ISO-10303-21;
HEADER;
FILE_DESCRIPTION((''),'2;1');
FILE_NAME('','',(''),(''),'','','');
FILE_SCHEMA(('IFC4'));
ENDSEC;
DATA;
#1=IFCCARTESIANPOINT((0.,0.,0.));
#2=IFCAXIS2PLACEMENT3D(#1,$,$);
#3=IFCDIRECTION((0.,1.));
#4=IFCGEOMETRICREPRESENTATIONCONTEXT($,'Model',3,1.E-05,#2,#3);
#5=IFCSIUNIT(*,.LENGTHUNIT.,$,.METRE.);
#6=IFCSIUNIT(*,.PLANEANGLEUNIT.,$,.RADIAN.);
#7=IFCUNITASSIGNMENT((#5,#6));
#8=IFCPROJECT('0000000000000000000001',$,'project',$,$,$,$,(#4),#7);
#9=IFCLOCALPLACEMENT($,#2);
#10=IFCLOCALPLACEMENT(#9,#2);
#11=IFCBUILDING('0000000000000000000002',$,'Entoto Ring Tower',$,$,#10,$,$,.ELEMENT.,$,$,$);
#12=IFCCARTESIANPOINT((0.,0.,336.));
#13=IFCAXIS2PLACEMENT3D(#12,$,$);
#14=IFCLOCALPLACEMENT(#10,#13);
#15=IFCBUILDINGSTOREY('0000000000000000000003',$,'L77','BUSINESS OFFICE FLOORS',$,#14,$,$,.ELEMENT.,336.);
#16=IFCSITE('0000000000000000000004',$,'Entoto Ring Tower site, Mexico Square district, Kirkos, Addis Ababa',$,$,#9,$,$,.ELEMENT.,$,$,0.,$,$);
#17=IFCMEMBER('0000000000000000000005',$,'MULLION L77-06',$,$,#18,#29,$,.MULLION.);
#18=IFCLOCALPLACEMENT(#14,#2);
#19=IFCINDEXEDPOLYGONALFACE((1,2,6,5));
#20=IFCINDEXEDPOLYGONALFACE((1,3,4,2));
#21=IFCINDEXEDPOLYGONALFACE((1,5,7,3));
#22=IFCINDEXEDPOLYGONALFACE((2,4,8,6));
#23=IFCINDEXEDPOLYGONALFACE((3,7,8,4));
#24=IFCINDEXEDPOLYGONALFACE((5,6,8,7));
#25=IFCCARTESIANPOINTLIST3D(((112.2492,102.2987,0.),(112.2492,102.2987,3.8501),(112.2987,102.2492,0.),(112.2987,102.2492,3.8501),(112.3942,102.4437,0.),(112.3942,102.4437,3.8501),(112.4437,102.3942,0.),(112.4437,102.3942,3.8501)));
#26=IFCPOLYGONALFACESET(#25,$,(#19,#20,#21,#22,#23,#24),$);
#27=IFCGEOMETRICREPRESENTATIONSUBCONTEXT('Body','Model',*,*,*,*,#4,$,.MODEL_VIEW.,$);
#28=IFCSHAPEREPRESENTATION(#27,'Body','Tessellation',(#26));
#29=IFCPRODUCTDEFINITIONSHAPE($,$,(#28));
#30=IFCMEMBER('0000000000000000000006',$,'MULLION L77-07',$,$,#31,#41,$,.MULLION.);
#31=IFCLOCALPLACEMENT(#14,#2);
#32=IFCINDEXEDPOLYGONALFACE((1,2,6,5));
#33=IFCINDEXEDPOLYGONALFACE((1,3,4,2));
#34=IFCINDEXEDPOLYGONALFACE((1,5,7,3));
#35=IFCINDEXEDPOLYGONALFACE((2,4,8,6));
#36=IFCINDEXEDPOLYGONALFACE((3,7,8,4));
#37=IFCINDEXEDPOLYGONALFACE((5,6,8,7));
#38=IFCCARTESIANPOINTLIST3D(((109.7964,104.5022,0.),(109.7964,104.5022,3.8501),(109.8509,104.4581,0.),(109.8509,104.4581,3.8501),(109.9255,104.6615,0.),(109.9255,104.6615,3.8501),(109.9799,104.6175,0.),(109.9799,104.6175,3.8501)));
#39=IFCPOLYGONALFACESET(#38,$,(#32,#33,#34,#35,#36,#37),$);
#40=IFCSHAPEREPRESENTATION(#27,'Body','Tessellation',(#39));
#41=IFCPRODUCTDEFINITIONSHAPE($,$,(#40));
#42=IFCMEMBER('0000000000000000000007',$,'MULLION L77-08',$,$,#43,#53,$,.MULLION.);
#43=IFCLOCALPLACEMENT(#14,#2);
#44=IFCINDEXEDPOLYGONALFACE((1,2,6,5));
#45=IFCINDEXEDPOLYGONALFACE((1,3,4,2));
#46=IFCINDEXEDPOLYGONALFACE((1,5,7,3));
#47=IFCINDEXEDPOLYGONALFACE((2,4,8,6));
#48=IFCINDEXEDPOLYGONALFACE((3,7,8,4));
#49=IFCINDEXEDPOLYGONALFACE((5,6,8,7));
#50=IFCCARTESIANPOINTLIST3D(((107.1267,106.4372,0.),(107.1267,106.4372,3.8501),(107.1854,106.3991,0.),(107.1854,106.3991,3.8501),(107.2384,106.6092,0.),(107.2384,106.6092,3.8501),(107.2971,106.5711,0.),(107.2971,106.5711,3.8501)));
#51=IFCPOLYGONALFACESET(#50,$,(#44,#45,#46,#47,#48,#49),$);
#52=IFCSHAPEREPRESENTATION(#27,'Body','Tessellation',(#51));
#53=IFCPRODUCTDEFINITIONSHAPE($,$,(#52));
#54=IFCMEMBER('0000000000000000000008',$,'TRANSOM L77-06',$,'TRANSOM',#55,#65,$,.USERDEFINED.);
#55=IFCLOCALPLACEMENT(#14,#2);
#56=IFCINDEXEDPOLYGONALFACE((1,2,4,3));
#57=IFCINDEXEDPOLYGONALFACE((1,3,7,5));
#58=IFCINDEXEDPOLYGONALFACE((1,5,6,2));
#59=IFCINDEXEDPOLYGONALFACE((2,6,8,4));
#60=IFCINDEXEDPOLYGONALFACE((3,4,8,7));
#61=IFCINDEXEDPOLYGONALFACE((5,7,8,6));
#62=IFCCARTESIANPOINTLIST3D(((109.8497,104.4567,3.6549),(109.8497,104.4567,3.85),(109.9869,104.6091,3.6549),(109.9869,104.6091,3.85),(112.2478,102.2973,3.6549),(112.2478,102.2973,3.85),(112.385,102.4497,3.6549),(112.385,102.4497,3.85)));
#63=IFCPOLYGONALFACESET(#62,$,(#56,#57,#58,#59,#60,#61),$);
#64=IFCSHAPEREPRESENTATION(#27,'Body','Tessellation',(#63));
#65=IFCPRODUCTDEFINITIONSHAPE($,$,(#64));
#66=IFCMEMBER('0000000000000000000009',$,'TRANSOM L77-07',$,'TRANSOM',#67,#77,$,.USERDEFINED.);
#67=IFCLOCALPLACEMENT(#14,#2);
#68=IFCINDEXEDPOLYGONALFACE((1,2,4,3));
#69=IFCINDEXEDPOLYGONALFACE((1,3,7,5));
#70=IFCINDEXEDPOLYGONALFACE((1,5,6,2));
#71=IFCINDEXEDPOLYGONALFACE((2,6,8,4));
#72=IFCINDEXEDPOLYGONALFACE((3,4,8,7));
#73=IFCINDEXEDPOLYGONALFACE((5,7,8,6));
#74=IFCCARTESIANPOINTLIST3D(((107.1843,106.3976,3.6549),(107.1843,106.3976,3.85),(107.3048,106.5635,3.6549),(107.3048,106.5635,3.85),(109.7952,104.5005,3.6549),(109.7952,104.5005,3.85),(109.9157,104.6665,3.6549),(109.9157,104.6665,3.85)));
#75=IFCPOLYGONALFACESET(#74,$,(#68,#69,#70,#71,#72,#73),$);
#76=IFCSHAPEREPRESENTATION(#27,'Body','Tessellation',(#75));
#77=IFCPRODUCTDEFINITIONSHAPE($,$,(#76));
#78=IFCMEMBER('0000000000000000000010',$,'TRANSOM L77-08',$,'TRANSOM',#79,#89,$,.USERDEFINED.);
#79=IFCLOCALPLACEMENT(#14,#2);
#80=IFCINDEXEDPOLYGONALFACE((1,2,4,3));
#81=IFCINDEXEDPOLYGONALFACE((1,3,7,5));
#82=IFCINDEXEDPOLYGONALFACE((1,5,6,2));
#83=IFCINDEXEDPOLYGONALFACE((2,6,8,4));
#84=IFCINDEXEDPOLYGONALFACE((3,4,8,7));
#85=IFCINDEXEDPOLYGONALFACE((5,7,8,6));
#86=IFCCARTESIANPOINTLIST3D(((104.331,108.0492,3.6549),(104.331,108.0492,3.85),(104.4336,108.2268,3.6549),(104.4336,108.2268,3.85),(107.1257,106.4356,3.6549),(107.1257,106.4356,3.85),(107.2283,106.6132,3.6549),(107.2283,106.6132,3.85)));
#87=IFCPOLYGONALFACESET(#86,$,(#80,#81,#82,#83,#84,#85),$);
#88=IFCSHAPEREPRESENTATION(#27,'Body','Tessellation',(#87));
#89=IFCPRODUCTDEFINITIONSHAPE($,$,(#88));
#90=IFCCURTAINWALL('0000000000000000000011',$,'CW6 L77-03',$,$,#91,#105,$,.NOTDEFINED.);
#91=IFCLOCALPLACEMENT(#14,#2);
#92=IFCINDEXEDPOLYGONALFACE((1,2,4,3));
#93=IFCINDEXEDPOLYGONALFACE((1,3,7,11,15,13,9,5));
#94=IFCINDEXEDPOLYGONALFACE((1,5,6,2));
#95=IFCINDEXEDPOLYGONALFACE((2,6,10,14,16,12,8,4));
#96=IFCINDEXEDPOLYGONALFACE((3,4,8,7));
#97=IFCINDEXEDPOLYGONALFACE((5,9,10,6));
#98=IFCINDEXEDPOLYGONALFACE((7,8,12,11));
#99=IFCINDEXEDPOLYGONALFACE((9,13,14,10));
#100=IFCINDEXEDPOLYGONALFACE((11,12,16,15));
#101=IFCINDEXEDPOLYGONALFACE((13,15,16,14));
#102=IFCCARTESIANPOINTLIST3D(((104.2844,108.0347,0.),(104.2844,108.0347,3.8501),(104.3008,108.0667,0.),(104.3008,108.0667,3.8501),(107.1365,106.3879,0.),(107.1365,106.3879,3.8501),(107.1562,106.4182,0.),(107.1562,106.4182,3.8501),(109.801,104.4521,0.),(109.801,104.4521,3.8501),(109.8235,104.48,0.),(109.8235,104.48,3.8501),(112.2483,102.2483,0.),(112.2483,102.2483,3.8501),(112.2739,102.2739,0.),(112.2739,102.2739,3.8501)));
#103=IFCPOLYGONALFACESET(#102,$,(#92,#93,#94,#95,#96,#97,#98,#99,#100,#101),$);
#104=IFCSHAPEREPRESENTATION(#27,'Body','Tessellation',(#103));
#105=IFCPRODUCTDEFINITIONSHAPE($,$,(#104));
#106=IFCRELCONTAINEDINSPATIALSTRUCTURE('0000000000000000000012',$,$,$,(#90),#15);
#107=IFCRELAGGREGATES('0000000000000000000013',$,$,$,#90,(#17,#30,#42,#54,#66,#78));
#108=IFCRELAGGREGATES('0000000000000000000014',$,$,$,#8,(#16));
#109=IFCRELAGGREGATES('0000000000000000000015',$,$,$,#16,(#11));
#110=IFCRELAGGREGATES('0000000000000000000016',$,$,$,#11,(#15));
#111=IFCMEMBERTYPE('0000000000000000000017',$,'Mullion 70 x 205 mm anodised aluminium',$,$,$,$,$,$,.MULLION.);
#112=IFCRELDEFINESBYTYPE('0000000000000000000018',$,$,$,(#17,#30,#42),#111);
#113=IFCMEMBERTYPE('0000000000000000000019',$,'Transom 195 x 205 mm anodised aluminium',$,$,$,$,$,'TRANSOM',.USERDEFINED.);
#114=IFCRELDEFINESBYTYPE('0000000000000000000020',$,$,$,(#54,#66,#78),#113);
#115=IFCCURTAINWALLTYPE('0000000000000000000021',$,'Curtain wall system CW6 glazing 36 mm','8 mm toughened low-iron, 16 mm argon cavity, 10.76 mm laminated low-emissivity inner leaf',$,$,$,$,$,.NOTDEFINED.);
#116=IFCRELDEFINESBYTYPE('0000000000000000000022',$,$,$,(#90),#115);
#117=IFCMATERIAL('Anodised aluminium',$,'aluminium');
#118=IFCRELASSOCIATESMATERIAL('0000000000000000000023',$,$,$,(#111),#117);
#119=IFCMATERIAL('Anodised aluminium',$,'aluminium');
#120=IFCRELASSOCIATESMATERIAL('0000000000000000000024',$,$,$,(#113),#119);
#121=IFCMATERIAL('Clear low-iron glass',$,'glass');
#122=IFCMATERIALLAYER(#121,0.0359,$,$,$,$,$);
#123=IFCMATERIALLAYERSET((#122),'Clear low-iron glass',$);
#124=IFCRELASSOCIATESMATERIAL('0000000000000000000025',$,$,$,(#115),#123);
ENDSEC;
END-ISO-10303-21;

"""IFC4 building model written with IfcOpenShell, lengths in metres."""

from ifc_helpers import new_model, si_unit, direction, frame, origin, origin_2d, place, context, subcontext, project, spatial, polyline, rectangle, outline, extrude, material, layer, layer_set, material_profile, profile_set, type_object, element, aggregate, save


model = new_model("IFC4")

# Units and contexts
model_context = context("Model", 3, precision=1e-05, world=origin(), true_north=direction((0.0, 1.0)))
body_context = subcontext(model_context, "Body", "Model", "MODEL_VIEW")
ifc_project = project(units=[si_unit("LENGTHUNIT", "METRE"), si_unit("PLANEANGLEUNIT", "RADIAN")], contexts=[model_context])

# Members
ifc_material_1 = material(Name="Anodised aluminium", Category="aluminium")
ifc_material_profile_1 = material_profile(ifc_material_1, rectangle(XDim=0.0701, YDim=0.2051, at=origin_2d()), Name="Mullion 70 x 205 mm anodised aluminium")
ifc_profile_set_1 = profile_set([ifc_material_profile_1], Name="Anodised aluminium")
member_type_1 = type_object("IfcMemberType", Name="Mullion 70 x 205 mm anodised aluminium", PredefinedType="MULLION", material=ifc_profile_set_1)
site_placement = place(None, origin())
building_placement = place(site_placement, origin())
storey_placement = place(building_placement, frame((0.0, 0.0, 336.0)))
member_1_placement = place(storey_placement, frame((112.3464, 102.3464, 0.0), z_axis=(0.0, 0.0, 1.0), x_axis=(-0.707107, 0.707107, 0.0)))
member_1 = element("IfcMember", 1, at=member_1_placement, type_object=member_type_1, Name="MULLION L77-06", PredefinedType="MULLION", context=body_context, shape_type="SweptSolid", body=[
    extrude(rectangle(XDim=0.0701, YDim=0.2051, at=origin_2d()), origin(), (0.0, 0.0, 1.0), 3.8501),
])
member_2_placement = place(storey_placement, frame((109.8882, 104.5598, 0.0), z_axis=(0.0, 0.0, 1.0), x_axis=(-0.777146, 0.62932, 0.0)))
member_2 = element("IfcMember", 2, at=member_2_placement, type_object=member_type_1, Name="MULLION L77-07", PredefinedType="MULLION", context=body_context, shape_type="SweptSolid", body=[
    extrude(rectangle(XDim=0.0701, YDim=0.2051, at=origin_2d()), origin(), (0.0, 0.0, 1.0), 3.8501),
])
member_3_placement = place(storey_placement, frame((107.2119, 106.5042, 0.0), z_axis=(0.0, 0.0, 1.0), x_axis=(-0.838671, 0.544639, 0.0)))
member_3 = element("IfcMember", 3, at=member_3_placement, type_object=member_type_1, Name="MULLION L77-08", PredefinedType="MULLION", context=body_context, shape_type="SweptSolid", body=[
    extrude(rectangle(XDim=0.0701, YDim=0.2051, at=origin_2d()), origin(), (0.0, 0.0, 1.0), 3.8501),
])
ifc_material_2 = material(Name="Anodised aluminium", Category="aluminium")
ifc_material_profile_2 = material_profile(ifc_material_2, rectangle(XDim=0.2051, YDim=0.1951, at=origin_2d()), Name="Transom 195 x 205 mm anodised aluminium")
ifc_profile_set_2 = profile_set([ifc_material_profile_2], Name="Anodised aluminium")
member_type_2 = type_object("IfcMemberType", Name="Transom 195 x 205 mm anodised aluminium", ElementType="TRANSOM", PredefinedType="USERDEFINED", material=ifc_profile_set_2)
member_4_placement = place(storey_placement, frame((112.3164, 102.3735, 3.7524), z_axis=(-0.743132, 0.669144, 0.0), x_axis=(-0.669144, -0.743132, 0.0)))
member_4 = element("IfcMember", 4, at=member_4_placement, type_object=member_type_2, Name="TRANSOM L77-06", ObjectType="TRANSOM", PredefinedType="USERDEFINED", context=body_context, shape_type="SweptSolid", body=[
    extrude(rectangle(XDim=0.2051, YDim=0.1951, at=origin_2d()), origin(), (0.0, 0.0, 1.0), 3.2271),
])
member_5_placement = place(storey_placement, frame((109.8555, 104.5835, 3.7524), z_axis=(-0.809004, 0.587803, 0.0), x_axis=(-0.587803, -0.809004, 0.0)))
member_5 = element("IfcMember", 5, at=member_5_placement, type_object=member_type_2, Name="TRANSOM L77-07", ObjectType="TRANSOM", PredefinedType="USERDEFINED", context=body_context, shape_type="SweptSolid", body=[
    extrude(rectangle(XDim=0.2051, YDim=0.1951, at=origin_2d()), origin(), (0.0, 0.0, 1.0), 3.2273),
])
member_6_placement = place(storey_placement, frame((107.177, 106.5244, 3.7524), z_axis=(-0.866023, 0.500004, 0.0), x_axis=(-0.500004, -0.866023, 0.0)))
member_6 = element("IfcMember", 6, at=member_6_placement, type_object=member_type_2, Name="TRANSOM L77-08", ObjectType="TRANSOM", PredefinedType="USERDEFINED", context=body_context, shape_type="SweptSolid", body=[
    extrude(rectangle(XDim=0.2051, YDim=0.1951, at=origin_2d()), origin(), (0.0, 0.0, 1.0), 3.2271),
])

# Site, building, storey
site = spatial("IfcSite", under=ifc_project, at=site_placement, Name="Entoto Ring Tower site, Mexico Square district, Kirkos, Addis Ababa", CompositionType="ELEMENT", RefElevation=0.0)
building = spatial("IfcBuilding", under=site, at=building_placement, Name="Entoto Ring Tower", CompositionType="ELEMENT")
storey = spatial("IfcBuildingStorey", under=building, at=storey_placement, Name="L77", Description="BUSINESS OFFICE FLOORS", CompositionType="ELEMENT", Elevation=336.0)

# Curtain wall
ifc_material_3 = material(Name="Clear low-iron glass", Category="glass")
ifc_layer = layer(ifc_material_3, 0.0359)
ifc_layer_set = layer_set([ifc_layer], Name="Clear low-iron glass")
curtain_wall_type = type_object("IfcCurtainWallType", Name="Curtain wall system CW6 glazing 36 mm", Description="8 mm toughened low-iron, 16 mm argon cavity, 10.76 mm laminated low-emissivity inner leaf", PredefinedType="NOTDEFINED", material=ifc_layer_set)
curtain_wall_1_placement = place(storey_placement, origin())
curtain_wall_1 = element("IfcCurtainWall", 7, at=curtain_wall_1_placement, inside=storey, type_object=curtain_wall_type, Name="CW6 L77-03", PredefinedType="NOTDEFINED", context=body_context, shape_type="SweptSolid", body=[
    extrude(outline(polyline([(112.2739, 102.2739), (109.8235, 104.48), (107.1562, 106.4182), (104.3008, 108.0667), (104.2844, 108.0347), (107.1365, 106.3879), (109.801, 104.4521), (112.2483, 102.2483), (112.2739, 102.2739)])), origin(), (0.0, 0.0, 1.0), 3.8501),
])
aggregate(curtain_wall_1, [member_1, member_2, member_3, member_4, member_5, member_6])

save(model, "model.ifc")
